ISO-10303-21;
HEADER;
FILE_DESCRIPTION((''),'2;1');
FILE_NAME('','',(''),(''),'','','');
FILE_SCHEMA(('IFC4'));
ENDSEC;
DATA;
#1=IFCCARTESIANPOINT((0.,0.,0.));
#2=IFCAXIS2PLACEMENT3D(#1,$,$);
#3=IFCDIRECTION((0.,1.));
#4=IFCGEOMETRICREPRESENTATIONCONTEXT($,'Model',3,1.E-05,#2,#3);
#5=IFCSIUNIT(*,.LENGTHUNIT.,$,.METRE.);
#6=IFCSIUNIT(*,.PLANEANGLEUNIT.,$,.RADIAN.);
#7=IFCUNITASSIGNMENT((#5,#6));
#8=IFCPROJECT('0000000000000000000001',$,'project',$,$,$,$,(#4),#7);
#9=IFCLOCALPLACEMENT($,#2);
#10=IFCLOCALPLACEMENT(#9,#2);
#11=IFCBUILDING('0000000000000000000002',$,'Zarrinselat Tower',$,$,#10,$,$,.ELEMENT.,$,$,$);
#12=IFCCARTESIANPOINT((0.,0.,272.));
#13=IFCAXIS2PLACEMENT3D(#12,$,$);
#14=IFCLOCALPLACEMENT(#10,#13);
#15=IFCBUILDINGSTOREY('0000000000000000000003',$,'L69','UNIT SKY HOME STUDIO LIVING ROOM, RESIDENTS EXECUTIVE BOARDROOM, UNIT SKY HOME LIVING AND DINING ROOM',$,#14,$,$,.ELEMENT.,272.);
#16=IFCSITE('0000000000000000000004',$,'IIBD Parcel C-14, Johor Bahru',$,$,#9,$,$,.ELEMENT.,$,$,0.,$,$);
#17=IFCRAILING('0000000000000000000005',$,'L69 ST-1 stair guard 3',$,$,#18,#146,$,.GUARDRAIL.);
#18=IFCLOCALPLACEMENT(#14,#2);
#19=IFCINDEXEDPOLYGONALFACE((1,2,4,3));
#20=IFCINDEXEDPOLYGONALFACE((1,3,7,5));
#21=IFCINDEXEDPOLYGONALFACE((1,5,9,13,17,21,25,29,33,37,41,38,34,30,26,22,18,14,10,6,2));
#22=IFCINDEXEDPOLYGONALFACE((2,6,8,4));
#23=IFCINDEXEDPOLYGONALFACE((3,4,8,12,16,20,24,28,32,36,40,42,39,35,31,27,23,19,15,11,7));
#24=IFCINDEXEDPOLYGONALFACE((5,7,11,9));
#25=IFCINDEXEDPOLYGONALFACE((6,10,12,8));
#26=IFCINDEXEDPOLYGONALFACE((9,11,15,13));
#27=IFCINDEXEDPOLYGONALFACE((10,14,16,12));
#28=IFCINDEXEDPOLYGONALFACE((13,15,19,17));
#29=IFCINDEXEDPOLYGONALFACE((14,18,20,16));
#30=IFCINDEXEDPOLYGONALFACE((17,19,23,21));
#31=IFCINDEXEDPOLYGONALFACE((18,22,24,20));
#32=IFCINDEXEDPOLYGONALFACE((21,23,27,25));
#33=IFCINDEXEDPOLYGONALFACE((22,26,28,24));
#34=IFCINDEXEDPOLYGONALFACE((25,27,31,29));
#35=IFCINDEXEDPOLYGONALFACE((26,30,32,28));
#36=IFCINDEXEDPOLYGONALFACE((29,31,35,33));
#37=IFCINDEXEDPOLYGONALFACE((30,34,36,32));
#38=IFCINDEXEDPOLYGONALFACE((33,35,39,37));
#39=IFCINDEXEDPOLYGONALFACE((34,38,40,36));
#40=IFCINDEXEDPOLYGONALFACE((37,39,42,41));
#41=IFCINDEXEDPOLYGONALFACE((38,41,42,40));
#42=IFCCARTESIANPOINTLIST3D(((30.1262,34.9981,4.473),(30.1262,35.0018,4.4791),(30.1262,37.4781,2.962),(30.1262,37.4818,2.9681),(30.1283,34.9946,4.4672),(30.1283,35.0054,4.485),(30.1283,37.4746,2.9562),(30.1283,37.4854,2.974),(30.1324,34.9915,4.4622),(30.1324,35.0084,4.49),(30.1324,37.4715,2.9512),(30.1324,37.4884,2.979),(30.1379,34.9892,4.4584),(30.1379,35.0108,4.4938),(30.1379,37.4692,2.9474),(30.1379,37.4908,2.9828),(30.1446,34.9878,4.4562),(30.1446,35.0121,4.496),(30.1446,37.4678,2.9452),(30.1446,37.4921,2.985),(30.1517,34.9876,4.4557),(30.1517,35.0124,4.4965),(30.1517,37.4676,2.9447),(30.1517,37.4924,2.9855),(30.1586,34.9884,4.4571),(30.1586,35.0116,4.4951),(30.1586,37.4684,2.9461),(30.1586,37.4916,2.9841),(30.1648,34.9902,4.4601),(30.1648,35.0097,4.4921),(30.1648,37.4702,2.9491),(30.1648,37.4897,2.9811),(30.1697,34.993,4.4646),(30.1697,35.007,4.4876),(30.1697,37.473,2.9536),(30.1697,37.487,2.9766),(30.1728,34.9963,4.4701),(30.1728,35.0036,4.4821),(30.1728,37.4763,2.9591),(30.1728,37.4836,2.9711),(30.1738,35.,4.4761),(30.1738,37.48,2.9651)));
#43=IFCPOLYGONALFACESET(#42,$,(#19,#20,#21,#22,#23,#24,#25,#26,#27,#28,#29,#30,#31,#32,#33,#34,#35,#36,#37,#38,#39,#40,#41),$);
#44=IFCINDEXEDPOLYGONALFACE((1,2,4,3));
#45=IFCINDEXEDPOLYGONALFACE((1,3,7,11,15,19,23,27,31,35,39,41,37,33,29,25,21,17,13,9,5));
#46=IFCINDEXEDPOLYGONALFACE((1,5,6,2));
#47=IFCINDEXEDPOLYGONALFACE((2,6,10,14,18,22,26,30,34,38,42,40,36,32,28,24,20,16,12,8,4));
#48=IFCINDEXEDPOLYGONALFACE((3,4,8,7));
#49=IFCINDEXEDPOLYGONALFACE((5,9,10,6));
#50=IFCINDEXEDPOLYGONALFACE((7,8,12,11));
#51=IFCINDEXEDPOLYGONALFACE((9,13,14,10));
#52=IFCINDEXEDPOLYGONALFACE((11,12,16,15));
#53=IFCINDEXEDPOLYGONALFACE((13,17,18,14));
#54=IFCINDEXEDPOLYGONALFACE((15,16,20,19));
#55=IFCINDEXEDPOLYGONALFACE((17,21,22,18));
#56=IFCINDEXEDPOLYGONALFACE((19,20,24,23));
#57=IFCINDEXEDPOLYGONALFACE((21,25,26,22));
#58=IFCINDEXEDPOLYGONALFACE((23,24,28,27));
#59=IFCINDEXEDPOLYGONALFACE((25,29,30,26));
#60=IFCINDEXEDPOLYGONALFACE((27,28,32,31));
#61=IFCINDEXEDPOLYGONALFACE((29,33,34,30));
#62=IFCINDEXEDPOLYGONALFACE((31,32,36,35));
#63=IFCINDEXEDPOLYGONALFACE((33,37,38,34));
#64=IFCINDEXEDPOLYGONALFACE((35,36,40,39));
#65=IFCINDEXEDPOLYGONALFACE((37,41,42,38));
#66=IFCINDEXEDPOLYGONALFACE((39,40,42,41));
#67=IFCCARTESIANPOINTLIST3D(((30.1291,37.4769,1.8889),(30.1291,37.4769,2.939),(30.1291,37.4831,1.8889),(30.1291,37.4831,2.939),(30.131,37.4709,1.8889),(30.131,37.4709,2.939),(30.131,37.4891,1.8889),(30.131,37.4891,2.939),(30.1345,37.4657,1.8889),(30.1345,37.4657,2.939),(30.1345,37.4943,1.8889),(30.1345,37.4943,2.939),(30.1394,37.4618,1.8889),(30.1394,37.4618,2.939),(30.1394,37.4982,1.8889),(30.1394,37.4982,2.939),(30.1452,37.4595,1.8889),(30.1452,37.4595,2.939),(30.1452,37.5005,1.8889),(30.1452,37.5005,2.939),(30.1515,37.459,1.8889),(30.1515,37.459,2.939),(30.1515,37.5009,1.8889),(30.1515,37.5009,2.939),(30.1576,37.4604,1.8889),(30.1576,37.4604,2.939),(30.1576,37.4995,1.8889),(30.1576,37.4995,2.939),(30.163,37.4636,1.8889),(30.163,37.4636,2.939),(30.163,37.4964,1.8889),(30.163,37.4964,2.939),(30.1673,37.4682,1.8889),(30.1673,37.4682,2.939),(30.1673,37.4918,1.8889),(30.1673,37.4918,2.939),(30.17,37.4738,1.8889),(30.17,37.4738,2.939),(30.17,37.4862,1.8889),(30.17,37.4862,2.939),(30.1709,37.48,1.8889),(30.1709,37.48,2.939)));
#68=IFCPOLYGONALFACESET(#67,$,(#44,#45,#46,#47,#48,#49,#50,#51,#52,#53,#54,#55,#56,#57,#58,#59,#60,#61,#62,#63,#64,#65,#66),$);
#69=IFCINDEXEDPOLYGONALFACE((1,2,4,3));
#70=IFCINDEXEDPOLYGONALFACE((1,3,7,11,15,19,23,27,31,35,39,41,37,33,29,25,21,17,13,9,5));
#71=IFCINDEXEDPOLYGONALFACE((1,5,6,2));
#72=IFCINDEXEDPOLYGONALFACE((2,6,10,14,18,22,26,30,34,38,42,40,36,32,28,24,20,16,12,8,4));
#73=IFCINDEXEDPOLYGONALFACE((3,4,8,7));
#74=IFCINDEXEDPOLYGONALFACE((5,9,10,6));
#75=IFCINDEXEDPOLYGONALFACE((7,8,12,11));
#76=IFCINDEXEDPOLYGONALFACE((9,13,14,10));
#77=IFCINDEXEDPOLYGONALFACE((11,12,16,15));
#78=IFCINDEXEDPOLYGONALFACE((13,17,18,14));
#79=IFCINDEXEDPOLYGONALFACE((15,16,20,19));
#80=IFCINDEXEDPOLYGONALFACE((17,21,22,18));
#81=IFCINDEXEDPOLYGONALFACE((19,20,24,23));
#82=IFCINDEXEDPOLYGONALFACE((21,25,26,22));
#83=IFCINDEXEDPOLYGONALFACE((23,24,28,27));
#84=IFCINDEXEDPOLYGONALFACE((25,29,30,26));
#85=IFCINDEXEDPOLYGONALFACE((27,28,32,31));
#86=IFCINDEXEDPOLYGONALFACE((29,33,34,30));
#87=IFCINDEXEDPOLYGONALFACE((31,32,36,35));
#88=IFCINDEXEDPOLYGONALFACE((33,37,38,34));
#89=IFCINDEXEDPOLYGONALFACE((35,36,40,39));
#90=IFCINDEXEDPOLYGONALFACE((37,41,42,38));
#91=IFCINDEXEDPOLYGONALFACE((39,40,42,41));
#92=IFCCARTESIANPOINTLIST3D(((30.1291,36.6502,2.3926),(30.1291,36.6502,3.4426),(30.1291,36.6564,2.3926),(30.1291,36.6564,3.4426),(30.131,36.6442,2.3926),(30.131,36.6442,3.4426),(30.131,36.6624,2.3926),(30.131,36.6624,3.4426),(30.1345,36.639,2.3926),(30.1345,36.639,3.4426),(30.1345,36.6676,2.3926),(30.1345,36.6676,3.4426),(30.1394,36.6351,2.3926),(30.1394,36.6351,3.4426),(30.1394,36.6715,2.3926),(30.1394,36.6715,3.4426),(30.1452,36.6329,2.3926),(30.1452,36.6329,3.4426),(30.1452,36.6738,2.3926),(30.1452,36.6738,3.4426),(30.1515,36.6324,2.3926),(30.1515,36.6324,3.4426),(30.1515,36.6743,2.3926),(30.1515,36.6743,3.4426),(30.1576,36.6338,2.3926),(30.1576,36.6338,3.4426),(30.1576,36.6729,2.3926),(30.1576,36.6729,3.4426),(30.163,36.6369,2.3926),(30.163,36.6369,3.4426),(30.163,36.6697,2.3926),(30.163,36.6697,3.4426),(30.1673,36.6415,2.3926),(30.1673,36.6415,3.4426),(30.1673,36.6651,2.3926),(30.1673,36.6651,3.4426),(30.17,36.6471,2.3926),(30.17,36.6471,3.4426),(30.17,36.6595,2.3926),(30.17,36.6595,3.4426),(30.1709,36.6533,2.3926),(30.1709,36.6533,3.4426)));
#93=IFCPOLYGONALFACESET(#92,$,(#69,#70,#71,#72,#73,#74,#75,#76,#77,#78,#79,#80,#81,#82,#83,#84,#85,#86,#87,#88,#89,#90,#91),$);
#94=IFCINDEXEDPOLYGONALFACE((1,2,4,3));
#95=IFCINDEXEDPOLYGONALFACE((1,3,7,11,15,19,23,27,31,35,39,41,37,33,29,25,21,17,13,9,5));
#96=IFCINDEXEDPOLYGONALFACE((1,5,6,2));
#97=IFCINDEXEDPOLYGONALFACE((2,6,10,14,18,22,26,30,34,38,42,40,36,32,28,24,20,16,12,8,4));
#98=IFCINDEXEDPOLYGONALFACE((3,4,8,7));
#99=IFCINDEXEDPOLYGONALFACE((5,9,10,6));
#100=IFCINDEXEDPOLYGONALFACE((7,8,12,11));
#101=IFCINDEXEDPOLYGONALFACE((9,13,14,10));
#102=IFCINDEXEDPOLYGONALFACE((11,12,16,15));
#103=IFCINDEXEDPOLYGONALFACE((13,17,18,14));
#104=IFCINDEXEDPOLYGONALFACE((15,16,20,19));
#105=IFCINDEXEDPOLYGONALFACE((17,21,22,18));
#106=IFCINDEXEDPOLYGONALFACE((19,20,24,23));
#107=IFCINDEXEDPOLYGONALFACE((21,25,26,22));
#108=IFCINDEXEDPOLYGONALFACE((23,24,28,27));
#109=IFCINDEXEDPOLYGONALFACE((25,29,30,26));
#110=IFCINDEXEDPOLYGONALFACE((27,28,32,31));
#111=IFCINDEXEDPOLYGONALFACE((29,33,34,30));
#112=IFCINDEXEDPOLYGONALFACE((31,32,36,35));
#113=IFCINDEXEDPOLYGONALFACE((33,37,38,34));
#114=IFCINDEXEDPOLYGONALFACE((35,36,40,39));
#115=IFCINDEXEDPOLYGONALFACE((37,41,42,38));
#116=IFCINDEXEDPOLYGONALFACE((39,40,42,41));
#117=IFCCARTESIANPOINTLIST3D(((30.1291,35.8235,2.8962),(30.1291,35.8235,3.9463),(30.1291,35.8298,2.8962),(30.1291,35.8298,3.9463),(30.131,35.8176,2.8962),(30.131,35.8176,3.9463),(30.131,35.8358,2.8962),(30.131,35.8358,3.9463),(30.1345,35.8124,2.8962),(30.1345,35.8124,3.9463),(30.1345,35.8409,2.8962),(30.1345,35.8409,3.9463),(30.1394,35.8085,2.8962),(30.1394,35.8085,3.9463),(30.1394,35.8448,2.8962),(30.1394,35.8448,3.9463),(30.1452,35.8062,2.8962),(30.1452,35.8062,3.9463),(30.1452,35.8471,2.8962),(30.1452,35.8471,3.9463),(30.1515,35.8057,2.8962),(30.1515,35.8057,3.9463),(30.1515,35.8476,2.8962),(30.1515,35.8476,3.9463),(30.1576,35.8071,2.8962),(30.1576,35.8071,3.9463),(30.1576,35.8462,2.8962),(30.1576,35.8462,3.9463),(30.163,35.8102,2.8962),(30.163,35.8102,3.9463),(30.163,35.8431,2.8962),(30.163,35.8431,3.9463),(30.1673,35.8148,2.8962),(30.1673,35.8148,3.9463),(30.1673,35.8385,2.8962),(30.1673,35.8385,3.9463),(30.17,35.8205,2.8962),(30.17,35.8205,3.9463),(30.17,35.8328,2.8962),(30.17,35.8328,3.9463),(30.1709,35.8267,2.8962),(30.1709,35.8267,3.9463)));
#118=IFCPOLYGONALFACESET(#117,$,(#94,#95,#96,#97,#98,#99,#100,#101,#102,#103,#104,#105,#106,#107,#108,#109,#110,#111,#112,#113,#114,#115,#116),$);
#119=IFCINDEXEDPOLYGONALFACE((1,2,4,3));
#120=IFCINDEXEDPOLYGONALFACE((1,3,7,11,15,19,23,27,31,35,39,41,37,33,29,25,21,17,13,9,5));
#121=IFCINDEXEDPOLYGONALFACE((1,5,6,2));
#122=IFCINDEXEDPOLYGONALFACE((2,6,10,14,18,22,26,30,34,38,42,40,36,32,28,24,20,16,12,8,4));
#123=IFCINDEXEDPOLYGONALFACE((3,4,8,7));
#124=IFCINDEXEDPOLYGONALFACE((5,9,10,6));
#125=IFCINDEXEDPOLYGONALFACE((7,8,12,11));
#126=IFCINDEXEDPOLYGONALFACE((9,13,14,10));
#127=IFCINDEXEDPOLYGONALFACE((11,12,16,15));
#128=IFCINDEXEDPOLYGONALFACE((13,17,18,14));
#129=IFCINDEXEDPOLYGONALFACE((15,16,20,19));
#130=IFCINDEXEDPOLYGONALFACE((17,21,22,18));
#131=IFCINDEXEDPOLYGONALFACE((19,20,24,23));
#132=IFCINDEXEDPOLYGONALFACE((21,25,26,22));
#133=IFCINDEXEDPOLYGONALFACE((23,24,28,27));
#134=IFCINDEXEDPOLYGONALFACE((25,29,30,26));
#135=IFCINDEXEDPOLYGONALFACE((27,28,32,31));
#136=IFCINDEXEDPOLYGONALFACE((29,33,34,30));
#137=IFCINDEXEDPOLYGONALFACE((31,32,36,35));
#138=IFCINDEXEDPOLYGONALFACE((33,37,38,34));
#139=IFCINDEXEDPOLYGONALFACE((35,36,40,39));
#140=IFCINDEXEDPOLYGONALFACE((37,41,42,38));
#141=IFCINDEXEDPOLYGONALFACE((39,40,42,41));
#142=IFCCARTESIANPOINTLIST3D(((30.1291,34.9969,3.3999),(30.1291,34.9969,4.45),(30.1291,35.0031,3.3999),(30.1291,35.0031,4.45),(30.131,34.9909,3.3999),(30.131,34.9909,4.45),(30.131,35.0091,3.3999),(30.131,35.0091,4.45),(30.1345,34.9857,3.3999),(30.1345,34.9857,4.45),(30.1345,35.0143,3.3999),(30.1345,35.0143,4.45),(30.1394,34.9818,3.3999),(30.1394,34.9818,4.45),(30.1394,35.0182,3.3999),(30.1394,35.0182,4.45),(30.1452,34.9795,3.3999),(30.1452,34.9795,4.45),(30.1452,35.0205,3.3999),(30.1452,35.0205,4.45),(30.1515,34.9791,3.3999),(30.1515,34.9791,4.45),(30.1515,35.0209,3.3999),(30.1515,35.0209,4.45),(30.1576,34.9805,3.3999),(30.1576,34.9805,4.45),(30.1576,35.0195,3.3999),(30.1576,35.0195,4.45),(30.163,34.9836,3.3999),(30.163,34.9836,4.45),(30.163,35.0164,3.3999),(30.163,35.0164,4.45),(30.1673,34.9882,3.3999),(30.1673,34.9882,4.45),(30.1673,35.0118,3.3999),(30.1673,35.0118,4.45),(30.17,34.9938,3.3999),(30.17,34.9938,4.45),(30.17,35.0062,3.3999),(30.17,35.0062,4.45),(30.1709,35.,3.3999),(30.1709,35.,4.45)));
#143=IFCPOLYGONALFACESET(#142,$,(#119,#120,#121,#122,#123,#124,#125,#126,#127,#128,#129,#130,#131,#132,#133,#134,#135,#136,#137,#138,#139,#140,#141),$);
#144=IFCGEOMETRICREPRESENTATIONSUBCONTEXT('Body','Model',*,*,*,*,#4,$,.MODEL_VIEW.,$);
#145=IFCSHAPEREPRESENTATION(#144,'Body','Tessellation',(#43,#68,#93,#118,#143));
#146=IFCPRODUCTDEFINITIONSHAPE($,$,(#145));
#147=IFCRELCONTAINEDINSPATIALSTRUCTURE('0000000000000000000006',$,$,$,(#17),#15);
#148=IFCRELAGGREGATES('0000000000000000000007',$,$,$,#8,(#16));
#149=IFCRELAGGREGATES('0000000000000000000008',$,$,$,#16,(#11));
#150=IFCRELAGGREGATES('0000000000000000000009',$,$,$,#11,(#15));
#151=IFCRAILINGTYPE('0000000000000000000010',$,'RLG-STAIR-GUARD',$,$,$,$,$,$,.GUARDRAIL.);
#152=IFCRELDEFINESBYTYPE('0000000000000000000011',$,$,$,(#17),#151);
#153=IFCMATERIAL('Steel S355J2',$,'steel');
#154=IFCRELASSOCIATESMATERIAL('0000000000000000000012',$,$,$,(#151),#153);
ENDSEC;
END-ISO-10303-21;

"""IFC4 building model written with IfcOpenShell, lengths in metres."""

from ifc_helpers import new_model, si_unit, direction, frame, origin, origin_2d, place, context, subcontext, project, spatial, circle, extrude, material, type_object, element, save


model = new_model("IFC4")

# Units and contexts
model_context = context("Model", 3, precision=1e-05, world=origin(), true_north=direction((0.0, 1.0)))
body_context = subcontext(model_context, "Body", "Model", "MODEL_VIEW")
ifc_project = project(units=[si_unit("LENGTHUNIT", "METRE"), si_unit("PLANEANGLEUNIT", "RADIAN")], contexts=[model_context])

# Site, building, storey
site_placement = place(None, origin())
site = spatial("IfcSite", under=ifc_project, at=site_placement, Name="IIBD Parcel C-14, Johor Bahru", CompositionType="ELEMENT", RefElevation=0.0)
building_placement = place(site_placement, origin())
building = spatial("IfcBuilding", under=site, at=building_placement, Name="Zarrinselat Tower", CompositionType="ELEMENT")
storey_placement = place(building_placement, frame((0.0, 0.0, 272.0)))
storey = spatial("IfcBuildingStorey", under=building, at=storey_placement, Name="L69", Description="UNIT SKY HOME STUDIO LIVING ROOM, RESIDENTS EXECUTIVE BOARDROOM, UNIT SKY HOME LIVING AND DINING ROOM", CompositionType="ELEMENT", Elevation=272.0)

# Railing
ifc_material_1 = material(Name="Steel S355J2", Category="steel")
railing_type_1 = type_object("IfcRailingType", Name="RLG-STAIR-GUARD", PredefinedType="GUARDRAIL", material=ifc_material_1)
railing_1_placement = place(storey_placement, frame((30.1499, 37.48, 1.8889)))
element("IfcRailing", 1, at=railing_1_placement, inside=storey, type_object=railing_type_1, Name="L69 ST-1 stair guard 3", PredefinedType="GUARDRAIL", context=body_context, shape_type="SweptSolid", body=[
    extrude(circle(Radius=0.0239, at=origin_2d()), frame((0.0, 0.0, 1.0762), z_axis=(0.0, -0.853979, 0.520307), x_axis=(1.0, 0.0, 0.0)), (0.0, 0.0, 1.0), 2.9041),
    extrude(circle(Radius=0.021, at=origin_2d()), origin(), (0.0, 0.0, 1.0), 1.05),
    extrude(circle(Radius=0.021, at=origin_2d()), frame((0.0, -0.8267, 0.5037)), (0.0, 0.0, 1.0), 1.05),
    extrude(circle(Radius=0.021, at=origin_2d()), frame((0.0, -1.6533, 1.0073)), (0.0, 0.0, 1.0), 1.05),
    extrude(circle(Radius=0.021, at=origin_2d()), frame((0.0, -2.48, 1.511)), (0.0, 0.0, 1.0), 1.05),
])

save(model, "model.ifc")
